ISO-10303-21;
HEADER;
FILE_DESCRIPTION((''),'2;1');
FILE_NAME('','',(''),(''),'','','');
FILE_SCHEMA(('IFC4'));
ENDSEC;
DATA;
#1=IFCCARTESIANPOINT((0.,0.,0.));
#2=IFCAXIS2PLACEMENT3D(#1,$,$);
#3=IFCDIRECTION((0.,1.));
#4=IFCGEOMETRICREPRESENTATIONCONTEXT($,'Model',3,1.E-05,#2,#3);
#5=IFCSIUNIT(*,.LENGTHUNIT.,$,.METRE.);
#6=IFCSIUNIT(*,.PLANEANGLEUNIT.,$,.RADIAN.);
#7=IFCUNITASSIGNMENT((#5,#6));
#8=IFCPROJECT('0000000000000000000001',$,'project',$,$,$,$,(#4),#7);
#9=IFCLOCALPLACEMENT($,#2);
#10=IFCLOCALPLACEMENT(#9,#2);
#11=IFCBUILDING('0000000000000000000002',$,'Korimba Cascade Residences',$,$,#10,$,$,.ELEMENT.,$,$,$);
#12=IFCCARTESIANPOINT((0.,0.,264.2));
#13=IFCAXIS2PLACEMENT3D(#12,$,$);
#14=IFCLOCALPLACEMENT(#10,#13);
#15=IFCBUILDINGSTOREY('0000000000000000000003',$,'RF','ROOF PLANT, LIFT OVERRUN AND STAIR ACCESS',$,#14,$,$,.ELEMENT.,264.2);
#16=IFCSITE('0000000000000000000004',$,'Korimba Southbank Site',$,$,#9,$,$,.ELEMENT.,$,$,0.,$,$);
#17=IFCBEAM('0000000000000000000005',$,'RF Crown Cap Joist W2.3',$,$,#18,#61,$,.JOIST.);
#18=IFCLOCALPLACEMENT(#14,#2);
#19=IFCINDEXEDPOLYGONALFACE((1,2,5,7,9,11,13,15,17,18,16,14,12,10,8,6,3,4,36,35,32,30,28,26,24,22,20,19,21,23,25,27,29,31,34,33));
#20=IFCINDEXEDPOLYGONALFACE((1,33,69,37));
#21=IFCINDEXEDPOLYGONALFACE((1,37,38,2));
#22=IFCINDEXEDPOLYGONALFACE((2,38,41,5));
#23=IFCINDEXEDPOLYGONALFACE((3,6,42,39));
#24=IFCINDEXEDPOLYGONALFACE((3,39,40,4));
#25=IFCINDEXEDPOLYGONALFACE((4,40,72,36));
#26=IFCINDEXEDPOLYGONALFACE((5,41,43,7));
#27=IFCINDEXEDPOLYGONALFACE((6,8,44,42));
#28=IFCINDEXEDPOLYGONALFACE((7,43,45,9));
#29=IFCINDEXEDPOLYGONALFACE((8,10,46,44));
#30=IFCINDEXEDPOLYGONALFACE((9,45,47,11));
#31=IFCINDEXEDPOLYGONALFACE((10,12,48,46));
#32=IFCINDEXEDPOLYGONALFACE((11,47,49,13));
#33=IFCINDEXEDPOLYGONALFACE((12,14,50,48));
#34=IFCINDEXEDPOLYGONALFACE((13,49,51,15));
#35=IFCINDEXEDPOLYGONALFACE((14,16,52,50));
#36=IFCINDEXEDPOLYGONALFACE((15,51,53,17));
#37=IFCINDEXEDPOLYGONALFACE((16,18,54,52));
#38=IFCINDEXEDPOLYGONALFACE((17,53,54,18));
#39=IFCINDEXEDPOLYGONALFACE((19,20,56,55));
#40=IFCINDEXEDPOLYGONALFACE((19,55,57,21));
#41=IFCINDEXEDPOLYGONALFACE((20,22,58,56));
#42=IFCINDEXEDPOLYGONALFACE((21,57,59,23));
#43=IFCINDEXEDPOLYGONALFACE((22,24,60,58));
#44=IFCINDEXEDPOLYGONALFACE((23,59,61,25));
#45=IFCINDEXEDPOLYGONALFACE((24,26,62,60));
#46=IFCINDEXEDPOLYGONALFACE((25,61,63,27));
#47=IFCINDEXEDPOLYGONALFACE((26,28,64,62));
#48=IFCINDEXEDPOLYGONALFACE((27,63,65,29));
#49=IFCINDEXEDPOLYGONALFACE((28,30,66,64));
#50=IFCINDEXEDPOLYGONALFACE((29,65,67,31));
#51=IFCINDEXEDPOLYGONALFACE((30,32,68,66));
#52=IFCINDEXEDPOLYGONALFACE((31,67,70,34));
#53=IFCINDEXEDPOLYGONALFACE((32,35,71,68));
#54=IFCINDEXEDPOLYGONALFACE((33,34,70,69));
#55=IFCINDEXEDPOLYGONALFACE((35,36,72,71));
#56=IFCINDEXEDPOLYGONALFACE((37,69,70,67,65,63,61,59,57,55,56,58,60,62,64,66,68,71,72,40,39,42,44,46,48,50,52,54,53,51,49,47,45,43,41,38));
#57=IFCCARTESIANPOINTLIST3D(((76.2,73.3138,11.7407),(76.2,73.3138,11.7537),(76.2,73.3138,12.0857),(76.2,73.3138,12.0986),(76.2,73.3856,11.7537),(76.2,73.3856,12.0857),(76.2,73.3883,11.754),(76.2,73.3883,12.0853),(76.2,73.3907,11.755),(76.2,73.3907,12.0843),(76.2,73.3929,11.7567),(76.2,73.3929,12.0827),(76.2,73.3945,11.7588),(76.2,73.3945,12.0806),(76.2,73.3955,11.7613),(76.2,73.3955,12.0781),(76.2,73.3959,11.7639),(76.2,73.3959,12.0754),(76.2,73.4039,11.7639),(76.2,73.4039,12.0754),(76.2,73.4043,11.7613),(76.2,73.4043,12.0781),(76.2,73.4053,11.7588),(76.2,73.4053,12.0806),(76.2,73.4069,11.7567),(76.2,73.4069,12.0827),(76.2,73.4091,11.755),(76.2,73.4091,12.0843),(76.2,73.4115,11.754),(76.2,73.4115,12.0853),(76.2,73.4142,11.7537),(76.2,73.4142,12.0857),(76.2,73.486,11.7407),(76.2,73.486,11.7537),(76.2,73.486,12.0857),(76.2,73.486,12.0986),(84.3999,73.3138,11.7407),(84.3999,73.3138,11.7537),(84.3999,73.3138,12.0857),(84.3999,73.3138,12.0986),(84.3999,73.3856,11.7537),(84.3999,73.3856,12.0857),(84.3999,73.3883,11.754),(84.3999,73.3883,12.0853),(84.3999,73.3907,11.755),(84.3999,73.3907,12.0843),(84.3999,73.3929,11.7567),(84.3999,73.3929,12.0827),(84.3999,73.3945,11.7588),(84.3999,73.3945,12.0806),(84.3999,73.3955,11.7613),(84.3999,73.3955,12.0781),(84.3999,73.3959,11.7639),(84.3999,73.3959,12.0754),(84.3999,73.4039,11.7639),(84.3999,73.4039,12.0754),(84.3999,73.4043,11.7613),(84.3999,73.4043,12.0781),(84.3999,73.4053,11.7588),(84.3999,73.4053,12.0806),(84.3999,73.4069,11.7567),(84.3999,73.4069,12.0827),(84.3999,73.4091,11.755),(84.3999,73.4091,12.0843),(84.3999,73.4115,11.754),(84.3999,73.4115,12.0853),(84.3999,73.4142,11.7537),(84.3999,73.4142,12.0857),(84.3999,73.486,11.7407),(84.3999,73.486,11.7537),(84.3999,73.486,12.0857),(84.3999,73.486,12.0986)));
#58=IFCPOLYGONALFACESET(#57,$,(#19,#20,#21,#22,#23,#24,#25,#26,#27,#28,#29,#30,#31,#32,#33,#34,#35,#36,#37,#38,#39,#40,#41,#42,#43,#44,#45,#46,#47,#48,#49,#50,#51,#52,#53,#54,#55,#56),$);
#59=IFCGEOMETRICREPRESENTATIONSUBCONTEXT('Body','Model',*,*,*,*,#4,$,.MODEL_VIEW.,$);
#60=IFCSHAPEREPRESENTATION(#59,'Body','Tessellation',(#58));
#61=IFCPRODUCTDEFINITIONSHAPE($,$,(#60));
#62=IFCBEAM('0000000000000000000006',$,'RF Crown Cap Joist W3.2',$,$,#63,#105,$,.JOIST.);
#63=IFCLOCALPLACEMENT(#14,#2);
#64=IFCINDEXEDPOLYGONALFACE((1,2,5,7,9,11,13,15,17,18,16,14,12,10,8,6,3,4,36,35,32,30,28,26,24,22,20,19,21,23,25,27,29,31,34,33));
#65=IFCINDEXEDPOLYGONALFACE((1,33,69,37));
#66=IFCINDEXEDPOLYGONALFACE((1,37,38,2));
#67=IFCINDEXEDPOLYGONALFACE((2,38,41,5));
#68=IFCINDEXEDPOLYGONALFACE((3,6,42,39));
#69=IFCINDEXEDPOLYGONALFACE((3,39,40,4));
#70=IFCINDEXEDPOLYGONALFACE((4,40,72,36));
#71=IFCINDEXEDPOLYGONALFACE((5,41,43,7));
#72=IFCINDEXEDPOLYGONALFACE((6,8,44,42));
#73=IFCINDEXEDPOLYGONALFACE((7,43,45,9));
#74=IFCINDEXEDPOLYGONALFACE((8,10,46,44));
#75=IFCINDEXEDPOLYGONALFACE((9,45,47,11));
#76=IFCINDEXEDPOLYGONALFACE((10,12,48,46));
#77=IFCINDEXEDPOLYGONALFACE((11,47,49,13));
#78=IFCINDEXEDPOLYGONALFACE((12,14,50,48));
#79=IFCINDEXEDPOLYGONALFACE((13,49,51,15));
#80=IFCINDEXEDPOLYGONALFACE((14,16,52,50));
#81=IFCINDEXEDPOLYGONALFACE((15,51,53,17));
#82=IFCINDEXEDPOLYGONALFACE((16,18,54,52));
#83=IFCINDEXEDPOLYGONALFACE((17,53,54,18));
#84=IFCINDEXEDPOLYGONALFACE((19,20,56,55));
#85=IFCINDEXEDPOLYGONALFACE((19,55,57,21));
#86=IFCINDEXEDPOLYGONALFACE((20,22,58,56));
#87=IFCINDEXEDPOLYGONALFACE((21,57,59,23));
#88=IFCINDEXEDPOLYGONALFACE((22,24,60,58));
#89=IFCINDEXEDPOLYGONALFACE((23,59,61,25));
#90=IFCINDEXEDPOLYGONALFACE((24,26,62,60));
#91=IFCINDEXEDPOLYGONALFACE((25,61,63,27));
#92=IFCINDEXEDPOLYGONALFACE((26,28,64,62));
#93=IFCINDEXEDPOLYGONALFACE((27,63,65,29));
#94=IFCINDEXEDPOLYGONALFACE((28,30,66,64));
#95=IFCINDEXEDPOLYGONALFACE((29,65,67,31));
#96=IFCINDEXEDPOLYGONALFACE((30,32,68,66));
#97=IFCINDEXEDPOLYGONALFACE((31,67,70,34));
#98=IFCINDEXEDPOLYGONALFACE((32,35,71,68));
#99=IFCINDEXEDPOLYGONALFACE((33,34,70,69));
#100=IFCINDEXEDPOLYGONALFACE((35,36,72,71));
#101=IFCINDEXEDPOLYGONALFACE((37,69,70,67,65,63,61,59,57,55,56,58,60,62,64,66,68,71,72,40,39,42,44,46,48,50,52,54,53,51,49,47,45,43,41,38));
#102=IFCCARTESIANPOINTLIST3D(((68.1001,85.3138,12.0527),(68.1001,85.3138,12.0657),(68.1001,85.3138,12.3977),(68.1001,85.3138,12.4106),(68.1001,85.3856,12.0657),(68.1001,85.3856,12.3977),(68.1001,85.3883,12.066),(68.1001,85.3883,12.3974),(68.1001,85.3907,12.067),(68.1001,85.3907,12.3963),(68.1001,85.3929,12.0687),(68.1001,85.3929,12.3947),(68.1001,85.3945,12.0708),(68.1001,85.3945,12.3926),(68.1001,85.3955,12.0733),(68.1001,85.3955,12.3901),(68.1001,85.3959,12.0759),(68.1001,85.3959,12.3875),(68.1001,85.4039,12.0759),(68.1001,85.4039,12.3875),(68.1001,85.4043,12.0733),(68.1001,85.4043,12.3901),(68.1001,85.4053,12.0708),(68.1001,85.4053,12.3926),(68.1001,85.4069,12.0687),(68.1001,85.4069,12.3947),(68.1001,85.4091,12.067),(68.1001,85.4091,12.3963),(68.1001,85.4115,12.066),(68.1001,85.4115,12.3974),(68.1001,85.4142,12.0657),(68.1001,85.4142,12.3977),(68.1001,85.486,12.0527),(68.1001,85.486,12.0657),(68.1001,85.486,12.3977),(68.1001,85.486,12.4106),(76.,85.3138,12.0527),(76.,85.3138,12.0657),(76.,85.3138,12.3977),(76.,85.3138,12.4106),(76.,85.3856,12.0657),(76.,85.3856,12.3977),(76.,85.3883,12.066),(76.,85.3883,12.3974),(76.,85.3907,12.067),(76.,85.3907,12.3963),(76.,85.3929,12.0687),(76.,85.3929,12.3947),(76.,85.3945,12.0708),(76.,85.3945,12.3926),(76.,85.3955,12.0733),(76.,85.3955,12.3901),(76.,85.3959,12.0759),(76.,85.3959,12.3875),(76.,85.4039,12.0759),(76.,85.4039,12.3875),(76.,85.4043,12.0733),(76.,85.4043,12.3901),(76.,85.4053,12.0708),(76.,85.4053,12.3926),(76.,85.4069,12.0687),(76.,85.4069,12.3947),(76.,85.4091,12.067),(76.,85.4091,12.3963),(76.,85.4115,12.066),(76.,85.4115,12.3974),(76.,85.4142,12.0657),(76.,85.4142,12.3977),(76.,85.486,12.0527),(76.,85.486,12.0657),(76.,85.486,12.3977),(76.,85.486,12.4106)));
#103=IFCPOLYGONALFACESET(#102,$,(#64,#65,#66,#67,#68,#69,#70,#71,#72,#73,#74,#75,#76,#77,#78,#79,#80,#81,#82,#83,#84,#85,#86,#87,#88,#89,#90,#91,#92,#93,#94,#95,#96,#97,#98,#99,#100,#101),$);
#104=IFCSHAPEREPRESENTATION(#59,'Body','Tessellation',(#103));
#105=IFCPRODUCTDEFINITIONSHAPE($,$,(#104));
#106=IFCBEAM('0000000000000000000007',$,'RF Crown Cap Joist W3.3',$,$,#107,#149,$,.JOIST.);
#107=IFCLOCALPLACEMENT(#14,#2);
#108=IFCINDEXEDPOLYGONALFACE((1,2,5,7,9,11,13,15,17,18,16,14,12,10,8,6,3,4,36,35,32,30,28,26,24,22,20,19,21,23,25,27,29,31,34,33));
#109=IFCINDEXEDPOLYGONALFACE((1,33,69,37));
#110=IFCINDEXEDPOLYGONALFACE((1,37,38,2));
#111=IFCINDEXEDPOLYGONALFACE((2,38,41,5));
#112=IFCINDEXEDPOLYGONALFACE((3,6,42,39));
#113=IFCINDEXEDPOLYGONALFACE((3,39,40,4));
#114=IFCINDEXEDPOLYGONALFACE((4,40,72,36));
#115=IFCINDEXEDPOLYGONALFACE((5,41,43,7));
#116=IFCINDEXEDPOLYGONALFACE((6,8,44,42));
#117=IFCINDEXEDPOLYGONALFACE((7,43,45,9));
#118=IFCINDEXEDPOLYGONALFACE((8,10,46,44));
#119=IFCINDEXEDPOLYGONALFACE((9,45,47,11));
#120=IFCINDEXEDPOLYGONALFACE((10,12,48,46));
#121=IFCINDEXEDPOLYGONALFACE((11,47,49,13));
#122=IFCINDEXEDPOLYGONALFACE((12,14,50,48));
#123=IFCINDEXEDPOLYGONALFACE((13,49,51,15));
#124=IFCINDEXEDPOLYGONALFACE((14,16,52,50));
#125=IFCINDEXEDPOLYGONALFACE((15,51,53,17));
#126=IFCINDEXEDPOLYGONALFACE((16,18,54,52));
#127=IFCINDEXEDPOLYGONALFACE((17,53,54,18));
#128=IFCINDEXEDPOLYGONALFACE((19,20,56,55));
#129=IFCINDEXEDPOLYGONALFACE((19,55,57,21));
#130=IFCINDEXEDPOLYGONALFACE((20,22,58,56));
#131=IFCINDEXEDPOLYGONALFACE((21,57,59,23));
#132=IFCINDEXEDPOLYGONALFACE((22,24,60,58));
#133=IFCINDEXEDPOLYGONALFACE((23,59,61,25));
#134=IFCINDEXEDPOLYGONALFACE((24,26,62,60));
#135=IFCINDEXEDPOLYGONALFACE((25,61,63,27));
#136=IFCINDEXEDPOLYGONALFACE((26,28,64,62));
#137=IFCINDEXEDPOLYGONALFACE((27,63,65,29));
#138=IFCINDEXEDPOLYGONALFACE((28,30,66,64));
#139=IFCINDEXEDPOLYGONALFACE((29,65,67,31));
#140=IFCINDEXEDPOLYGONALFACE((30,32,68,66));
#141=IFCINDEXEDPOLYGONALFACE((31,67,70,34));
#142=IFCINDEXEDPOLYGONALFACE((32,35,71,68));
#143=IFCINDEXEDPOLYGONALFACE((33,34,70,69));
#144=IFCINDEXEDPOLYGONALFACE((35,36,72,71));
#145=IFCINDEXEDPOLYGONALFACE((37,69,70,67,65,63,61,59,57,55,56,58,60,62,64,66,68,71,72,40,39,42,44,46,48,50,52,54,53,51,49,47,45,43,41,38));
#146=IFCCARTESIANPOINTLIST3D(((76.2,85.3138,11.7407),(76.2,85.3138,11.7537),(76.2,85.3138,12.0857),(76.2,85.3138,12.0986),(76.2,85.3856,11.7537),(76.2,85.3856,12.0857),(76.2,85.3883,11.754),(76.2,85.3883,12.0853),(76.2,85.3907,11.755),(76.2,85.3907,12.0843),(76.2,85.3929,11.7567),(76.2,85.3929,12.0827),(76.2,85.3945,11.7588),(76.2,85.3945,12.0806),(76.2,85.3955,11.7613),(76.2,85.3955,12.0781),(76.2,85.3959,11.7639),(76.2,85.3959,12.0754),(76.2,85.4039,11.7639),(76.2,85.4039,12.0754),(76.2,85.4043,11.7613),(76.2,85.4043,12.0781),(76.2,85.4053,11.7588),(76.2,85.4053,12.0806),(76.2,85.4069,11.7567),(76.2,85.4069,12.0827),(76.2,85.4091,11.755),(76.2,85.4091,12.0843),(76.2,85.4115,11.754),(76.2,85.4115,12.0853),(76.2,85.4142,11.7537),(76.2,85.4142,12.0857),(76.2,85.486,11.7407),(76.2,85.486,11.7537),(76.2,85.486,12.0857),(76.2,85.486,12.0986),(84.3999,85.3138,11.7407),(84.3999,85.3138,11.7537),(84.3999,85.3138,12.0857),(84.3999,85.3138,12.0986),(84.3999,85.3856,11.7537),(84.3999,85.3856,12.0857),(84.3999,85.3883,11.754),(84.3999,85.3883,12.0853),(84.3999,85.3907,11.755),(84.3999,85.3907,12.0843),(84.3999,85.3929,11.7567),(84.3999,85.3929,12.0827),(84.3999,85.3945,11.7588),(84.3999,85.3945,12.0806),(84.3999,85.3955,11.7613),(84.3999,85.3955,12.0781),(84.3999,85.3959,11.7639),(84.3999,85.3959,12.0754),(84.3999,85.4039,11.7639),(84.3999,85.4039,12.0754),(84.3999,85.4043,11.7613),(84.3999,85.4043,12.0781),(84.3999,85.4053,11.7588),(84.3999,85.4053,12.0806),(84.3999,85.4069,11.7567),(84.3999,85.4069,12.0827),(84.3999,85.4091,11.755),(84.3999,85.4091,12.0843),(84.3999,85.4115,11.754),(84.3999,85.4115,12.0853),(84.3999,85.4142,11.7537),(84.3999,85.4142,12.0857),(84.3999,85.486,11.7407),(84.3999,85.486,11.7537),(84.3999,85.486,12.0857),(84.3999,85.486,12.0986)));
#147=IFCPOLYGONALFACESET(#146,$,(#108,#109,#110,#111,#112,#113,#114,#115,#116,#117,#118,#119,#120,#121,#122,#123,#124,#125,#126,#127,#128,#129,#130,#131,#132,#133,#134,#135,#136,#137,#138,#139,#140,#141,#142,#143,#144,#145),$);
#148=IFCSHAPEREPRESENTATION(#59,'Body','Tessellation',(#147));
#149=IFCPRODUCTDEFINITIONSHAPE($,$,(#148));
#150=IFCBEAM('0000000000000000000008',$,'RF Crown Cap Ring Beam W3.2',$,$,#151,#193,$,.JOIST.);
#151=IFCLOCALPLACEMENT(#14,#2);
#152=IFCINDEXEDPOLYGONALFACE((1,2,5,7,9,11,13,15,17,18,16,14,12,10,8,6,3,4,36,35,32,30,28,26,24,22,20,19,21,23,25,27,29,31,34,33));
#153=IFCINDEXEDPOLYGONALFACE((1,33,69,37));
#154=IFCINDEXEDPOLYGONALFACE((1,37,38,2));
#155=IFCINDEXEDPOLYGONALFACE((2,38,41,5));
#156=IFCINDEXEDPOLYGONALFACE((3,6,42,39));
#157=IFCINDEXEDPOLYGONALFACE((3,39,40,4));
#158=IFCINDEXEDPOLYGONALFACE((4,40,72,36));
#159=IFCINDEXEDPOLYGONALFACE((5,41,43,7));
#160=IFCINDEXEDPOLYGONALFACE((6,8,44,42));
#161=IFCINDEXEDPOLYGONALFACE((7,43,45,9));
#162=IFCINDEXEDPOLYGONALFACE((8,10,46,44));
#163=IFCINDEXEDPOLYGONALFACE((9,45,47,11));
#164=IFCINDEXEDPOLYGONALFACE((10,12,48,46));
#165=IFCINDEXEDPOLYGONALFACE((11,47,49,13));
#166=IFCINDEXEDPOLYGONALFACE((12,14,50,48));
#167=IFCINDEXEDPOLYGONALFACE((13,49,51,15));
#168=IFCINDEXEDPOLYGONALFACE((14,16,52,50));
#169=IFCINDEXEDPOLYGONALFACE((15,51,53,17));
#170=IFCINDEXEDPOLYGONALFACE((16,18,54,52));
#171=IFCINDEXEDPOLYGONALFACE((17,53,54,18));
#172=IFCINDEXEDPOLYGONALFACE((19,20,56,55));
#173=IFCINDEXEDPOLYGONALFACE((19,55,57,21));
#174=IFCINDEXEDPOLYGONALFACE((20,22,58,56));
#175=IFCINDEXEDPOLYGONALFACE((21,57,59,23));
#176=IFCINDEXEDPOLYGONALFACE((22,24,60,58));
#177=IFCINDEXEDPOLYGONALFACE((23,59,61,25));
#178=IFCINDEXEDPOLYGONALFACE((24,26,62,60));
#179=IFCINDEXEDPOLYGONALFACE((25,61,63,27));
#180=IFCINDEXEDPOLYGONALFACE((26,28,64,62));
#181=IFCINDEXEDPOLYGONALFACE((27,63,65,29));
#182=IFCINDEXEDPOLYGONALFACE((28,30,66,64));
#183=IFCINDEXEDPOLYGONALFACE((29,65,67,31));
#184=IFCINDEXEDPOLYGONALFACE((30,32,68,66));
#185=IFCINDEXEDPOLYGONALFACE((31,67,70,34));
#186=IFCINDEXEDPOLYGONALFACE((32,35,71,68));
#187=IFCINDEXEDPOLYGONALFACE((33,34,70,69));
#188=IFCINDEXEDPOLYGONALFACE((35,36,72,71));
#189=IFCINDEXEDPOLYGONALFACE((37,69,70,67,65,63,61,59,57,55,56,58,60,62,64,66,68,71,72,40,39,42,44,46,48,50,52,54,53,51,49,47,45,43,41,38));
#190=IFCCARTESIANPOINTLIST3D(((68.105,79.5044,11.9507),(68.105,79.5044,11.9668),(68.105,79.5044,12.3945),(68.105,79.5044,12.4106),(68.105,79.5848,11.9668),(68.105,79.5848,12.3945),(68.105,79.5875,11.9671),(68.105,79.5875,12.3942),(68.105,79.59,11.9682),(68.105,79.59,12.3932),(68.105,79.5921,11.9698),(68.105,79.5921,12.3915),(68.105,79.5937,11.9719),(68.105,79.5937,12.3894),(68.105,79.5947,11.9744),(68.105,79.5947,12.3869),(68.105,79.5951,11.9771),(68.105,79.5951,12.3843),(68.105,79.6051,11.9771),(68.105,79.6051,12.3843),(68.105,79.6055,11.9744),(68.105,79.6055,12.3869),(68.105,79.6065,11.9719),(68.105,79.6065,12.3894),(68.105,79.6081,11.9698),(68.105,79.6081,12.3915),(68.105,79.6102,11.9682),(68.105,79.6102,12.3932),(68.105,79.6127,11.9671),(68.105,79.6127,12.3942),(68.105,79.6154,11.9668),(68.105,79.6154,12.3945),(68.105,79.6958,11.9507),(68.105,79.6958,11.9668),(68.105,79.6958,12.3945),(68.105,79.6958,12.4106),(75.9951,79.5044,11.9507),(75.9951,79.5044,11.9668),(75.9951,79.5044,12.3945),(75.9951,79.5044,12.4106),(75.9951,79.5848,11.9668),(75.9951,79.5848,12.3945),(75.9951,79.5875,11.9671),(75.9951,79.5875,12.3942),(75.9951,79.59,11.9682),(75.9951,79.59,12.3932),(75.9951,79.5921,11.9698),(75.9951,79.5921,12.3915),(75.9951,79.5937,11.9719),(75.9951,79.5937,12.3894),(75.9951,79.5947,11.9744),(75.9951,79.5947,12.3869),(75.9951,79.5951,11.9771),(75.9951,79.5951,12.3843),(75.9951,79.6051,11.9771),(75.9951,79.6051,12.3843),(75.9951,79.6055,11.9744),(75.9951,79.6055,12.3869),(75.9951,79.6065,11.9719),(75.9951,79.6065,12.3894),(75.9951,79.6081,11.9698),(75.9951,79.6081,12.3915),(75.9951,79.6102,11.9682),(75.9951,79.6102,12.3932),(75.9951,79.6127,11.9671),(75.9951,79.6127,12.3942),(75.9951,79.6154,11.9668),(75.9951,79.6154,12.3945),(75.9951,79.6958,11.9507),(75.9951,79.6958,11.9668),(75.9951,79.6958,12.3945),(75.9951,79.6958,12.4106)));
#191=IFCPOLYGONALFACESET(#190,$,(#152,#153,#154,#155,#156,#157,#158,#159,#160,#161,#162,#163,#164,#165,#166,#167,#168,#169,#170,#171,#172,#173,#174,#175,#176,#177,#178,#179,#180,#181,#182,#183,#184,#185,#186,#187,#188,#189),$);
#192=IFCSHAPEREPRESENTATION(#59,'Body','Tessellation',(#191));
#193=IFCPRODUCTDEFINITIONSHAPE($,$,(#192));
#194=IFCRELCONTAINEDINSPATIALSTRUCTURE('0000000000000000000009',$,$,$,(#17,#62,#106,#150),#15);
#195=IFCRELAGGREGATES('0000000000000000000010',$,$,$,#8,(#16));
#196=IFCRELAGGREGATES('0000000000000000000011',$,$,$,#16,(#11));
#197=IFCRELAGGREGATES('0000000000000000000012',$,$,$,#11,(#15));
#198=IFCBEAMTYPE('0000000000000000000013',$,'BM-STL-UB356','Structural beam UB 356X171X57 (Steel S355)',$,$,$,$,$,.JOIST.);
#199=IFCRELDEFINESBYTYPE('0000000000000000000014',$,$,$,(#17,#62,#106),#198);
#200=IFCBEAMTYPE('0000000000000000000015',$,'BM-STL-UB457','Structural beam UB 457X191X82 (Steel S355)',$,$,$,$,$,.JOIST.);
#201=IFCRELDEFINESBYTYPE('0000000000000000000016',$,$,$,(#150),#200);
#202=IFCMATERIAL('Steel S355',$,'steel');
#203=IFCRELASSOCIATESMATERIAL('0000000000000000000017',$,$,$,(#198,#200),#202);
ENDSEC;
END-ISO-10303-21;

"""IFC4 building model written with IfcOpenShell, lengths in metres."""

from ifc_helpers import new_model, si_unit, direction, frame, origin, origin_2d, place, context, subcontext, project, spatial, i_section, extrude, material, material_profile, profile_set, type_object, element, save


model = new_model("IFC4")

# Units and contexts
model_context = context("Model", 3, precision=1e-05, world=origin(), true_north=direction((0.0, 1.0)))
body_context = subcontext(model_context, "Body", "Model", "MODEL_VIEW")
ifc_project = project(units=[si_unit("LENGTHUNIT", "METRE"), si_unit("PLANEANGLEUNIT", "RADIAN")], contexts=[model_context])

# Site, building, storey
site_placement = place(None, origin())
site = spatial("IfcSite", under=ifc_project, at=site_placement, Name="Korimba Southbank Site", CompositionType="ELEMENT", RefElevation=0.0)
building_placement = place(site_placement, origin())
building = spatial("IfcBuilding", under=site, at=building_placement, Name="Korimba Cascade Residences", CompositionType="ELEMENT")
storey_placement = place(building_placement, frame((0.0, 0.0, 264.2)))
storey = spatial("IfcBuildingStorey", under=building, at=storey_placement, Name="RF", Description="ROOF PLANT, LIFT OVERRUN AND STAIR ACCESS", CompositionType="ELEMENT", Elevation=264.2)

# Shared definitions
ifc_material_1 = material(Name="Steel S355", Category="steel")

# Beams
ifc_material_profile_1 = material_profile(ifc_material_1, i_section(OverallWidth=0.1721, OverallDepth=0.3579, WebThickness=0.0081, FlangeThickness=0.0129, FilletRadius=0.0103, at=origin_2d()), Name="Steel S355")
ifc_profile_set_1 = profile_set([ifc_material_profile_1], Name="Steel S355")
beam_type_1 = type_object("IfcBeamType", Name="BM-STL-UB356", Description="Structural beam UB 356X171X57 (Steel S355)", PredefinedType="JOIST", material=ifc_profile_set_1)
beam_1_placement = place(storey_placement, frame((76.2, 73.3999, 11.9197), z_axis=(1.0, 0.0, 0.0), x_axis=(0.0, 1.0, 0.0)))
element("IfcBeam", 1, at=beam_1_placement, inside=storey, type_object=beam_type_1, Name="RF Crown Cap Joist W2.3", PredefinedType="JOIST", context=body_context, shape_type="SweptSolid", body=[
    extrude(i_section(OverallWidth=0.1721, OverallDepth=0.3579, WebThickness=0.0081, FlangeThickness=0.0129, FilletRadius=0.0103, at=origin_2d()), origin(), (0.0, 0.0, 1.0), 8.2),
])
beam_2_placement = place(storey_placement, frame((68.1001, 85.3999, 12.2317), z_axis=(1.0, 0.0, 0.0), x_axis=(0.0, 1.0, 0.0)))
element("IfcBeam", 2, at=beam_2_placement, inside=storey, type_object=beam_type_1, Name="RF Crown Cap Joist W3.2", PredefinedType="JOIST", context=body_context, shape_type="SweptSolid", body=[
    extrude(i_section(OverallWidth=0.1721, OverallDepth=0.3579, WebThickness=0.0081, FlangeThickness=0.0129, FilletRadius=0.0103, at=origin_2d()), origin(), (0.0, 0.0, 1.0), 7.8999),
])
beam_3_placement = place(storey_placement, frame((76.2, 85.3999, 11.9197), z_axis=(1.0, 0.0, 0.0), x_axis=(0.0, 1.0, 0.0)))
element("IfcBeam", 3, at=beam_3_placement, inside=storey, type_object=beam_type_1, Name="RF Crown Cap Joist W3.3", PredefinedType="JOIST", context=body_context, shape_type="SweptSolid", body=[
    extrude(i_section(OverallWidth=0.1721, OverallDepth=0.3579, WebThickness=0.0081, FlangeThickness=0.0129, FilletRadius=0.0103, at=origin_2d()), origin(), (0.0, 0.0, 1.0), 8.2),
])
ifc_material_profile_2 = material_profile(ifc_material_1, i_section(OverallWidth=0.1914, OverallDepth=0.46, WebThickness=0.01, FlangeThickness=0.0161, FilletRadius=0.0103, at=origin_2d()), Name="Steel S355")
ifc_profile_set_2 = profile_set([ifc_material_profile_2], Name="Steel S355")
beam_type_2 = type_object("IfcBeamType", Name="BM-STL-UB457", Description="Structural beam UB 457X191X82 (Steel S355)", PredefinedType="JOIST", material=ifc_profile_set_2)
beam_4_placement = place(storey_placement, frame((68.105, 79.6001, 12.1807), z_axis=(1.0, 0.0, 0.0), x_axis=(0.0, 1.0, 0.0)))
element("IfcBeam", 4, at=beam_4_placement, inside=storey, type_object=beam_type_2, Name="RF Crown Cap Ring Beam W3.2", PredefinedType="JOIST", context=body_context, shape_type="SweptSolid", body=[
    extrude(i_section(OverallWidth=0.1914, OverallDepth=0.46, WebThickness=0.01, FlangeThickness=0.0161, FilletRadius=0.0103, at=origin_2d()), origin(), (0.0, 0.0, 1.0), 7.8901),
])

save(model, "model.ifc")
